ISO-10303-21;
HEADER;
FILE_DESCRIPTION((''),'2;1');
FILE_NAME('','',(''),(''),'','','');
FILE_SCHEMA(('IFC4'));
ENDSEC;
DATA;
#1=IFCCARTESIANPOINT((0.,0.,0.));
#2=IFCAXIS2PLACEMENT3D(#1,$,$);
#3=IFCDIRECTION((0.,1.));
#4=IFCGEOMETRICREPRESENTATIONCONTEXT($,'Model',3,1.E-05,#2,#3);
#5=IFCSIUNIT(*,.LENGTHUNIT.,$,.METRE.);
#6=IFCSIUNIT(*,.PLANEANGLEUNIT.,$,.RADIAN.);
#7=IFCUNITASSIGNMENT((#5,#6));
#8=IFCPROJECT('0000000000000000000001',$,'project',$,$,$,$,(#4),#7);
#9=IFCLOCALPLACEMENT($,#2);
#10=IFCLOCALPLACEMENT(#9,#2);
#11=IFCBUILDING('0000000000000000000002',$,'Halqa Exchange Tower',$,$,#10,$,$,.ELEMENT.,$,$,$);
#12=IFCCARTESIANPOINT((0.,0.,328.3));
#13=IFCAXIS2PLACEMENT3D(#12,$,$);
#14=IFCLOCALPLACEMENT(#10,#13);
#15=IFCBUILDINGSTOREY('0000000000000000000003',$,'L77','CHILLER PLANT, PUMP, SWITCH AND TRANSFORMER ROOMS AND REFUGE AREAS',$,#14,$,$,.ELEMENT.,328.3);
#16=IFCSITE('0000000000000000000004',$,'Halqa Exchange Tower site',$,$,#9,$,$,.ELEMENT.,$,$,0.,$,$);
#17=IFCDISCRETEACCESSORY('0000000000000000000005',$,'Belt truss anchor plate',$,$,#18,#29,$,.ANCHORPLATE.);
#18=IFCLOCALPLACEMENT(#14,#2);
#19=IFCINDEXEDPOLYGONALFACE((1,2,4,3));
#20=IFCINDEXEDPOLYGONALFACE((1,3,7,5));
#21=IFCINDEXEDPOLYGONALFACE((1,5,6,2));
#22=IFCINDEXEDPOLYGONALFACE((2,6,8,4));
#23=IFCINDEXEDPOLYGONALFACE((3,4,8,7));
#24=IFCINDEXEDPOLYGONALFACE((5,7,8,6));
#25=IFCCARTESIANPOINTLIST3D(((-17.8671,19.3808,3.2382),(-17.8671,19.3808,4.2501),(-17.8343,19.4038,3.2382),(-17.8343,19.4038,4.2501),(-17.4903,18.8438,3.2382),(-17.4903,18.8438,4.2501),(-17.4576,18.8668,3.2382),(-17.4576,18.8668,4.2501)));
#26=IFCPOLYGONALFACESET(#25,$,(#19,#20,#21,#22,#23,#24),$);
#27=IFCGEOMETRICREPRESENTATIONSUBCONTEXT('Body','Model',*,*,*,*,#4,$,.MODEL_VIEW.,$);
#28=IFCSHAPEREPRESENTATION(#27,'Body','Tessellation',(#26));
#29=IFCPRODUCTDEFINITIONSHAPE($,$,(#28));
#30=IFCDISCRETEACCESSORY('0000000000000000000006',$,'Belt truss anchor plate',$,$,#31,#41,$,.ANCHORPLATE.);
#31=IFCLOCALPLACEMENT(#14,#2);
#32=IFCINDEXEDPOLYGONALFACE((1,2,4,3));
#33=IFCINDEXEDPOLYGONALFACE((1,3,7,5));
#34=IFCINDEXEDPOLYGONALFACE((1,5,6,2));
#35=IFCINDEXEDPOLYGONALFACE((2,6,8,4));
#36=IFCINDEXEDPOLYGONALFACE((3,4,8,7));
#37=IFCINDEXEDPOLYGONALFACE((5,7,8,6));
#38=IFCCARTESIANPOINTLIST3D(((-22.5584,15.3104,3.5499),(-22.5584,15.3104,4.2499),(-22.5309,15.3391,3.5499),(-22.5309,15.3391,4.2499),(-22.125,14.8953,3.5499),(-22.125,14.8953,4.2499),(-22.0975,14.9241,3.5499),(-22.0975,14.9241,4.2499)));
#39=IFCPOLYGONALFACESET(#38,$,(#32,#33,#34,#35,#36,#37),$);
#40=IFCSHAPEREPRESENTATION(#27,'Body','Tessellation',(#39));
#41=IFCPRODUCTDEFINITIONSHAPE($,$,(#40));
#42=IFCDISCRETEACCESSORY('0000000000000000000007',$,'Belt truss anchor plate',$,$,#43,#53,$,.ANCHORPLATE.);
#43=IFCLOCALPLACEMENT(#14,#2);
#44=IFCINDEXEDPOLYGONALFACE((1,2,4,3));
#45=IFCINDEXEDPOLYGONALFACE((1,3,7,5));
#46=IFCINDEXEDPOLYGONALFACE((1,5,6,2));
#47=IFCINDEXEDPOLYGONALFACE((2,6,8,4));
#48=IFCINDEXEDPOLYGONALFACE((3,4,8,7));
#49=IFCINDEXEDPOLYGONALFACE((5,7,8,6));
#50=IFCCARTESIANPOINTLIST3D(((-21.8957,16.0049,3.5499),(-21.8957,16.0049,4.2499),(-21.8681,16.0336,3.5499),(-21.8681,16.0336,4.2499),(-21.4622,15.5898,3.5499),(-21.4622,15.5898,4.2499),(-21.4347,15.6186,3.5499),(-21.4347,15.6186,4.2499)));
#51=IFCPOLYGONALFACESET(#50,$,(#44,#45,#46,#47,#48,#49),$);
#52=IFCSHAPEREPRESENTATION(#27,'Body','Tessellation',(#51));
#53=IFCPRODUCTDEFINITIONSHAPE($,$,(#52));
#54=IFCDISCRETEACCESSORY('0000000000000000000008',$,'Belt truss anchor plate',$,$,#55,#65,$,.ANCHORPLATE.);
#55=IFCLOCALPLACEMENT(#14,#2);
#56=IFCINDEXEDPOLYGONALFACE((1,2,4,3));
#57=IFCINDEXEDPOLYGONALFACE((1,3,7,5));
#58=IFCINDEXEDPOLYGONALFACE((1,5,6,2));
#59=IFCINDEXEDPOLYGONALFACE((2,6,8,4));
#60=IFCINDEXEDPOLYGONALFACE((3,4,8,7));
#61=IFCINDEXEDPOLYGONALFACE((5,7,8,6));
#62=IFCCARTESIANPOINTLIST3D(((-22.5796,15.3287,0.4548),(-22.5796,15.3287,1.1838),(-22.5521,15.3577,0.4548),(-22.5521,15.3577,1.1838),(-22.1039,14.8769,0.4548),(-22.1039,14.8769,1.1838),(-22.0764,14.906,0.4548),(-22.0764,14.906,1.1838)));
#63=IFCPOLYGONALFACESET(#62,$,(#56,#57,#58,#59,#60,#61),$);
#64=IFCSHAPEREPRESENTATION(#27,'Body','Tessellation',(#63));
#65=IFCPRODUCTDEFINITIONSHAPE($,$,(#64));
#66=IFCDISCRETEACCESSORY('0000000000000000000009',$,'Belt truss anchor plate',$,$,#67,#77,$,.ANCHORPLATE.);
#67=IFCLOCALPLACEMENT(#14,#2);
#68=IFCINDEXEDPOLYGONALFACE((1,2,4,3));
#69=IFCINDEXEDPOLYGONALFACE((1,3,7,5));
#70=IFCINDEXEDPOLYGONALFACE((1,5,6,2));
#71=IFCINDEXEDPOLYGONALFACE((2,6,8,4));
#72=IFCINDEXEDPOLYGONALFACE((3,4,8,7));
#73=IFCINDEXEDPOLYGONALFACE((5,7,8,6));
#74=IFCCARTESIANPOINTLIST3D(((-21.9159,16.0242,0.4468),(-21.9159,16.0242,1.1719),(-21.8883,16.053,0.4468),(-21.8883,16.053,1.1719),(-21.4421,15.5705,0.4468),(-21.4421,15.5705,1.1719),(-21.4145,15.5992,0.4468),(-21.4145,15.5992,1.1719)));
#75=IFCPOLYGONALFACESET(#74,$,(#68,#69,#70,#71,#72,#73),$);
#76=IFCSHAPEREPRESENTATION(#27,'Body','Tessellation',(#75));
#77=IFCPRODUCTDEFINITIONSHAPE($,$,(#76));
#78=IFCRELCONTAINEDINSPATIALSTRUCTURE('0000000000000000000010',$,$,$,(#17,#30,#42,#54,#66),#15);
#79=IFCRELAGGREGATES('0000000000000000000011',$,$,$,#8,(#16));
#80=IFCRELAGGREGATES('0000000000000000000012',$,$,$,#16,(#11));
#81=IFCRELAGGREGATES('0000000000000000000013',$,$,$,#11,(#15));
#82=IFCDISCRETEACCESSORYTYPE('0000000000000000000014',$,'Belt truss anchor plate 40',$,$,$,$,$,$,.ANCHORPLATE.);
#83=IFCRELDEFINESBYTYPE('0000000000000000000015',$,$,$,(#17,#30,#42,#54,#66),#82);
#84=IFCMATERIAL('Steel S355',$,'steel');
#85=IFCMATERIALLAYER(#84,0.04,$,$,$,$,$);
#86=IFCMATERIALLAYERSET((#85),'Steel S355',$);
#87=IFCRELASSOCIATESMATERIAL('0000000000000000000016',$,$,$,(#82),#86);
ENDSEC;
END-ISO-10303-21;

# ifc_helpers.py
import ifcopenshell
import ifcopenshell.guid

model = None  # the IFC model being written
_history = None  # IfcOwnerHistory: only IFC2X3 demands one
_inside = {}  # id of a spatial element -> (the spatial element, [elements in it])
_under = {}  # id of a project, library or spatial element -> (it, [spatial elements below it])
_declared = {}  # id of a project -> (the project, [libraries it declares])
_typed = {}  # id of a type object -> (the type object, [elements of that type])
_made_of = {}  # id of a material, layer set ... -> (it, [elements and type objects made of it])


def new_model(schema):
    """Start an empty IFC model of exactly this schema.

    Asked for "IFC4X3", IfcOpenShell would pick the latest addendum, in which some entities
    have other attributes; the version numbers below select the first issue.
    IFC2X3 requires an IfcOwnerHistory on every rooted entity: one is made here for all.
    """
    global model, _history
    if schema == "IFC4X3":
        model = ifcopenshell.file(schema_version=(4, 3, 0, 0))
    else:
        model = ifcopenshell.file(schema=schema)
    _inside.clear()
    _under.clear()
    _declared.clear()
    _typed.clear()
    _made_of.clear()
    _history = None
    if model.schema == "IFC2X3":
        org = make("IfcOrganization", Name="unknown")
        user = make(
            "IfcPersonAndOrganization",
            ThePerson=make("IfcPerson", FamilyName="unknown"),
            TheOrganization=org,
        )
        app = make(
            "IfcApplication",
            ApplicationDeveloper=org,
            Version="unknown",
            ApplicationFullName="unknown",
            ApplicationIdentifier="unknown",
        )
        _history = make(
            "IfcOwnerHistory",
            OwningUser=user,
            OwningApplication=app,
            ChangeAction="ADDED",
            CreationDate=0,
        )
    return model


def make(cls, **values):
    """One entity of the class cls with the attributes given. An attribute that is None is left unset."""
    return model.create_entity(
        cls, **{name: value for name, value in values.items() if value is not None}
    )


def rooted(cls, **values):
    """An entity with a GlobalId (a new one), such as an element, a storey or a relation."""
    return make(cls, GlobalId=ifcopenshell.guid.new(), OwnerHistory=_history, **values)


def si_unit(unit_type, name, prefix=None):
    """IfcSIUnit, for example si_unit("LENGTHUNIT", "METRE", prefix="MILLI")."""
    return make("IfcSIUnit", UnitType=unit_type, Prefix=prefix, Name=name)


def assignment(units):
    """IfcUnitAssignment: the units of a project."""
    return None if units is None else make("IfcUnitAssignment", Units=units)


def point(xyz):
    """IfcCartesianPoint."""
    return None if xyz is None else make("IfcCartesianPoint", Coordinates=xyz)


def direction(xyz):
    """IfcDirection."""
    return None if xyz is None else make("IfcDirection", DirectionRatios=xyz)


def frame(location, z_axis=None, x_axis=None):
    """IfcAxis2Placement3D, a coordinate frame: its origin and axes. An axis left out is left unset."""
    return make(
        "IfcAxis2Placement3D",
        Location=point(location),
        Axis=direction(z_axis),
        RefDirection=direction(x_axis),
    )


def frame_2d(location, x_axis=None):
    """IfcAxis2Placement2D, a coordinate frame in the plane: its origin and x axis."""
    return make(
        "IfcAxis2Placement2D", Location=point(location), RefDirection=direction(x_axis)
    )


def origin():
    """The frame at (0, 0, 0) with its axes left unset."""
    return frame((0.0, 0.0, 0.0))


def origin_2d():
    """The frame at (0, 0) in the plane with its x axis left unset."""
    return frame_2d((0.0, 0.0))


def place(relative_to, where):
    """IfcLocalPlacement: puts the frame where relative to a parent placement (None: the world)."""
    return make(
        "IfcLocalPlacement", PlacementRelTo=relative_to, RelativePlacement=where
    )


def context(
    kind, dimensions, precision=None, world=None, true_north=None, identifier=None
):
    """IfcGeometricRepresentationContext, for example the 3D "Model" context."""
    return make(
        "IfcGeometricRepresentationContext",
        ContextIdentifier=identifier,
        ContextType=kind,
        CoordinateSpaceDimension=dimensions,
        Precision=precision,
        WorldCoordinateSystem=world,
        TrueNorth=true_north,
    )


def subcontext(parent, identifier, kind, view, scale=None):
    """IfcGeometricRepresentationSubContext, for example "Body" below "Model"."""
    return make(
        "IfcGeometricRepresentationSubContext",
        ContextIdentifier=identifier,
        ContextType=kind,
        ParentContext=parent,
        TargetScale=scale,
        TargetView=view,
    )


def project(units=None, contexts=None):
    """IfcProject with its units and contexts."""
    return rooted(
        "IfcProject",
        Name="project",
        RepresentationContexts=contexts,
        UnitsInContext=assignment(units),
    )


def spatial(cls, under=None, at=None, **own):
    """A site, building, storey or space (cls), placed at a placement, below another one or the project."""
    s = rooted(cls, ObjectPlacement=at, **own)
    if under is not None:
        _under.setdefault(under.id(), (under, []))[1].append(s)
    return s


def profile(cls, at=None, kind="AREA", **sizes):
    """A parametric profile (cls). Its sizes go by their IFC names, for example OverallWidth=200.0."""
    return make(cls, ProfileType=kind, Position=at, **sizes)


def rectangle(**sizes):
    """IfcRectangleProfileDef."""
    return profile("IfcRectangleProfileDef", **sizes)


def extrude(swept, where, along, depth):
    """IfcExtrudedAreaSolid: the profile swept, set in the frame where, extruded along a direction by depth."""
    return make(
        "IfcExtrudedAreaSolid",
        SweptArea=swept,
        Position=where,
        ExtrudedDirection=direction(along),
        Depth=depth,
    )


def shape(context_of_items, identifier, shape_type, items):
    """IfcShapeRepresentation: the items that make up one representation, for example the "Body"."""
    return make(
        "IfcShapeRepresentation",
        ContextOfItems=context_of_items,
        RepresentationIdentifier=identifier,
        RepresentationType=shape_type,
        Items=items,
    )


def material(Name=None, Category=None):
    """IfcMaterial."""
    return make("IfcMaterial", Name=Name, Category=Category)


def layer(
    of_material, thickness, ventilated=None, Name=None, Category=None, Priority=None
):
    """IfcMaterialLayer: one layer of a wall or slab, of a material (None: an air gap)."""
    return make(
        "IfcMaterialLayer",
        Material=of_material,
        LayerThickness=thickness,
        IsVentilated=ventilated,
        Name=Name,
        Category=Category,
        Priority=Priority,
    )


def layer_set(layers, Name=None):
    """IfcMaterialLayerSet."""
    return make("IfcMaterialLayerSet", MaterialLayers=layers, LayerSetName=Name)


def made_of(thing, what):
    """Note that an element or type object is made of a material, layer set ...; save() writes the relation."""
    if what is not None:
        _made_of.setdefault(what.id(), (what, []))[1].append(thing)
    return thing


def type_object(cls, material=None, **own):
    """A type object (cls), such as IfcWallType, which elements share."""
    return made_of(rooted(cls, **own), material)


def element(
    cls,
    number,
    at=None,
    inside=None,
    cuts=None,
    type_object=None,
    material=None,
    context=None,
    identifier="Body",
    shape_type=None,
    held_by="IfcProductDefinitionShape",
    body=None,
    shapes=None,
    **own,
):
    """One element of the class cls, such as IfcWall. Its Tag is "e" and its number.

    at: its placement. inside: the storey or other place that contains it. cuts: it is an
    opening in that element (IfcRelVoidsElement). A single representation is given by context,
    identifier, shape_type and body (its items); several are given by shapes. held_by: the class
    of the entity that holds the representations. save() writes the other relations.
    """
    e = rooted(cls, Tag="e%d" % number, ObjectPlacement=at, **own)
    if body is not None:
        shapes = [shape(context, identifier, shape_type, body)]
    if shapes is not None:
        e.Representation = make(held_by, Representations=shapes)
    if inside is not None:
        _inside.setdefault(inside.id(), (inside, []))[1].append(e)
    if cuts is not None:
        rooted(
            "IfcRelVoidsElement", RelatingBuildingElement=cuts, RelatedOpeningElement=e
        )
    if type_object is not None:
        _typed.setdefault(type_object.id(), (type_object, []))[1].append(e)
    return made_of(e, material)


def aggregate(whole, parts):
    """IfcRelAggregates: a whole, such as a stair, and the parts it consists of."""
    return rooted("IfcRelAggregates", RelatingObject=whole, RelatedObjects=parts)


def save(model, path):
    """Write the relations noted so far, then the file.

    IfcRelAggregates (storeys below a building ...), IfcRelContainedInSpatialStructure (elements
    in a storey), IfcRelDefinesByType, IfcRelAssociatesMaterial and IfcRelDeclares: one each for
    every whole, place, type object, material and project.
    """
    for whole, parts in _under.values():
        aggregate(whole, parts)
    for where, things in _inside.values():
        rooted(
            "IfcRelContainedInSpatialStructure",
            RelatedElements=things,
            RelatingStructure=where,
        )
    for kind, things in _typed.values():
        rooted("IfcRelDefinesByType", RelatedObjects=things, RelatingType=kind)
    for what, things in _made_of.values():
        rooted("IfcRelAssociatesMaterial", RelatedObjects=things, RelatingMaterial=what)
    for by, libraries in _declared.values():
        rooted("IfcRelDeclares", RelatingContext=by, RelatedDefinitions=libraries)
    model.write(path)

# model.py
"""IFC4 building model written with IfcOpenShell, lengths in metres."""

from ifc_helpers import new_model, si_unit, direction, frame, origin, origin_2d, place, context, subcontext, project, spatial, rectangle, extrude, material, layer, layer_set, type_object, element, save


model = new_model("IFC4")

# Units and contexts
model_context = context("Model", 3, precision=1e-05, world=origin(), true_north=direction((0.0, 1.0)))
body_context = subcontext(model_context, "Body", "Model", "MODEL_VIEW")
ifc_project = project(units=[si_unit("LENGTHUNIT", "METRE"), si_unit("PLANEANGLEUNIT", "RADIAN")], contexts=[model_context])

# Site, building, storey
site_placement = place(None, origin())
site = spatial("IfcSite", under=ifc_project, at=site_placement, Name="Halqa Exchange Tower site", CompositionType="ELEMENT", RefElevation=0.0)
building_placement = place(site_placement, origin())
building = spatial("IfcBuilding", under=site, at=building_placement, Name="Halqa Exchange Tower", CompositionType="ELEMENT")
storey_placement = place(building_placement, frame((0.0, 0.0, 328.3)))
storey = spatial("IfcBuildingStorey", under=building, at=storey_placement, Name="L77", Description="CHILLER PLANT, PUMP, SWITCH AND TRANSFORMER ROOMS AND REFUGE AREAS", CompositionType="ELEMENT", Elevation=328.3)

# Shared definitions
ifc_material_1 = material(Name="Steel S355", Category="steel")

# Discrete accessories
ifc_layer_1 = layer(ifc_material_1, 0.04)
ifc_layer_set_1 = layer_set([ifc_layer_1], Name="Steel S355")
discrete_accessory_type = type_object("IfcDiscreteAccessoryType", Name="Belt truss anchor plate 40", PredefinedType="ANCHORPLATE", material=ifc_layer_set_1)
discrete_accessory_1_placement = place(storey_placement, frame((-17.6787, 19.1123, 3.7441), z_axis=(0.818657, 0.574282, 0.0), x_axis=(-0.574282, 0.818657, 0.0)))
element("IfcDiscreteAccessory", 1, at=discrete_accessory_1_placement, inside=storey, type_object=discrete_accessory_type, Name="Belt truss anchor plate", PredefinedType="ANCHORPLATE", context=body_context, shape_type="SweptSolid", body=[
    extrude(rectangle(XDim=0.656, YDim=1.012, at=origin_2d()), origin(), (0.0, 0.0, 1.0), 0.04),
])
for number, where, z_axis, x_axis, name in (
    (2, (-22.3142, 15.1316, 3.8999), (-0.691639, -0.722243, 0.0), (0.722243, -0.691639, 0.0), "Belt truss anchor plate"),
    (3, (-21.679, 15.7974, 3.8999), (0.691639, 0.722243, 0.0), (-0.722243, 0.691639, 0.0), "Belt truss anchor plate"),
):
    element("IfcDiscreteAccessory", number, at=place(storey_placement, frame(where, z_axis=z_axis, x_axis=x_axis)), inside=storey, type_object=discrete_accessory_type, Name=name, PredefinedType="ANCHORPLATE", context=body_context, shape_type="SweptSolid", body=[
        extrude(rectangle(XDim=0.6001, YDim=0.7, at=origin_2d()), origin(), (0.0, 0.0, 1.0), 0.0398),
    ])
discrete_accessory_2_placement = place(storey_placement, frame((-22.3142, 15.1318, 0.8193), z_axis=(-0.688589, -0.725152, 0.0), x_axis=(0.725152, -0.688589, 0.0)))
element("IfcDiscreteAccessory", 4, at=discrete_accessory_2_placement, inside=storey, type_object=discrete_accessory_type, Name="Belt truss anchor plate", PredefinedType="ANCHORPLATE", context=body_context, shape_type="SweptSolid", body=[
    extrude(rectangle(XDim=0.656, YDim=0.729, at=origin_2d()), origin(), (0.0, 0.0, 1.0), 0.04),
])
discrete_accessory_3_placement = place(storey_placement, frame((-21.679, 15.7974, 0.8093), z_axis=(0.691639, 0.722243, 0.0), x_axis=(-0.722243, 0.691639, 0.0)))
element("IfcDiscreteAccessory", 5, at=discrete_accessory_3_placement, inside=storey, type_object=discrete_accessory_type, Name="Belt truss anchor plate", PredefinedType="ANCHORPLATE", context=body_context, shape_type="SweptSolid", body=[
    extrude(rectangle(XDim=0.656, YDim=0.7251, at=origin_2d()), origin(), (0.0, 0.0, 1.0), 0.0398),
])

save(model, "model.ifc")
